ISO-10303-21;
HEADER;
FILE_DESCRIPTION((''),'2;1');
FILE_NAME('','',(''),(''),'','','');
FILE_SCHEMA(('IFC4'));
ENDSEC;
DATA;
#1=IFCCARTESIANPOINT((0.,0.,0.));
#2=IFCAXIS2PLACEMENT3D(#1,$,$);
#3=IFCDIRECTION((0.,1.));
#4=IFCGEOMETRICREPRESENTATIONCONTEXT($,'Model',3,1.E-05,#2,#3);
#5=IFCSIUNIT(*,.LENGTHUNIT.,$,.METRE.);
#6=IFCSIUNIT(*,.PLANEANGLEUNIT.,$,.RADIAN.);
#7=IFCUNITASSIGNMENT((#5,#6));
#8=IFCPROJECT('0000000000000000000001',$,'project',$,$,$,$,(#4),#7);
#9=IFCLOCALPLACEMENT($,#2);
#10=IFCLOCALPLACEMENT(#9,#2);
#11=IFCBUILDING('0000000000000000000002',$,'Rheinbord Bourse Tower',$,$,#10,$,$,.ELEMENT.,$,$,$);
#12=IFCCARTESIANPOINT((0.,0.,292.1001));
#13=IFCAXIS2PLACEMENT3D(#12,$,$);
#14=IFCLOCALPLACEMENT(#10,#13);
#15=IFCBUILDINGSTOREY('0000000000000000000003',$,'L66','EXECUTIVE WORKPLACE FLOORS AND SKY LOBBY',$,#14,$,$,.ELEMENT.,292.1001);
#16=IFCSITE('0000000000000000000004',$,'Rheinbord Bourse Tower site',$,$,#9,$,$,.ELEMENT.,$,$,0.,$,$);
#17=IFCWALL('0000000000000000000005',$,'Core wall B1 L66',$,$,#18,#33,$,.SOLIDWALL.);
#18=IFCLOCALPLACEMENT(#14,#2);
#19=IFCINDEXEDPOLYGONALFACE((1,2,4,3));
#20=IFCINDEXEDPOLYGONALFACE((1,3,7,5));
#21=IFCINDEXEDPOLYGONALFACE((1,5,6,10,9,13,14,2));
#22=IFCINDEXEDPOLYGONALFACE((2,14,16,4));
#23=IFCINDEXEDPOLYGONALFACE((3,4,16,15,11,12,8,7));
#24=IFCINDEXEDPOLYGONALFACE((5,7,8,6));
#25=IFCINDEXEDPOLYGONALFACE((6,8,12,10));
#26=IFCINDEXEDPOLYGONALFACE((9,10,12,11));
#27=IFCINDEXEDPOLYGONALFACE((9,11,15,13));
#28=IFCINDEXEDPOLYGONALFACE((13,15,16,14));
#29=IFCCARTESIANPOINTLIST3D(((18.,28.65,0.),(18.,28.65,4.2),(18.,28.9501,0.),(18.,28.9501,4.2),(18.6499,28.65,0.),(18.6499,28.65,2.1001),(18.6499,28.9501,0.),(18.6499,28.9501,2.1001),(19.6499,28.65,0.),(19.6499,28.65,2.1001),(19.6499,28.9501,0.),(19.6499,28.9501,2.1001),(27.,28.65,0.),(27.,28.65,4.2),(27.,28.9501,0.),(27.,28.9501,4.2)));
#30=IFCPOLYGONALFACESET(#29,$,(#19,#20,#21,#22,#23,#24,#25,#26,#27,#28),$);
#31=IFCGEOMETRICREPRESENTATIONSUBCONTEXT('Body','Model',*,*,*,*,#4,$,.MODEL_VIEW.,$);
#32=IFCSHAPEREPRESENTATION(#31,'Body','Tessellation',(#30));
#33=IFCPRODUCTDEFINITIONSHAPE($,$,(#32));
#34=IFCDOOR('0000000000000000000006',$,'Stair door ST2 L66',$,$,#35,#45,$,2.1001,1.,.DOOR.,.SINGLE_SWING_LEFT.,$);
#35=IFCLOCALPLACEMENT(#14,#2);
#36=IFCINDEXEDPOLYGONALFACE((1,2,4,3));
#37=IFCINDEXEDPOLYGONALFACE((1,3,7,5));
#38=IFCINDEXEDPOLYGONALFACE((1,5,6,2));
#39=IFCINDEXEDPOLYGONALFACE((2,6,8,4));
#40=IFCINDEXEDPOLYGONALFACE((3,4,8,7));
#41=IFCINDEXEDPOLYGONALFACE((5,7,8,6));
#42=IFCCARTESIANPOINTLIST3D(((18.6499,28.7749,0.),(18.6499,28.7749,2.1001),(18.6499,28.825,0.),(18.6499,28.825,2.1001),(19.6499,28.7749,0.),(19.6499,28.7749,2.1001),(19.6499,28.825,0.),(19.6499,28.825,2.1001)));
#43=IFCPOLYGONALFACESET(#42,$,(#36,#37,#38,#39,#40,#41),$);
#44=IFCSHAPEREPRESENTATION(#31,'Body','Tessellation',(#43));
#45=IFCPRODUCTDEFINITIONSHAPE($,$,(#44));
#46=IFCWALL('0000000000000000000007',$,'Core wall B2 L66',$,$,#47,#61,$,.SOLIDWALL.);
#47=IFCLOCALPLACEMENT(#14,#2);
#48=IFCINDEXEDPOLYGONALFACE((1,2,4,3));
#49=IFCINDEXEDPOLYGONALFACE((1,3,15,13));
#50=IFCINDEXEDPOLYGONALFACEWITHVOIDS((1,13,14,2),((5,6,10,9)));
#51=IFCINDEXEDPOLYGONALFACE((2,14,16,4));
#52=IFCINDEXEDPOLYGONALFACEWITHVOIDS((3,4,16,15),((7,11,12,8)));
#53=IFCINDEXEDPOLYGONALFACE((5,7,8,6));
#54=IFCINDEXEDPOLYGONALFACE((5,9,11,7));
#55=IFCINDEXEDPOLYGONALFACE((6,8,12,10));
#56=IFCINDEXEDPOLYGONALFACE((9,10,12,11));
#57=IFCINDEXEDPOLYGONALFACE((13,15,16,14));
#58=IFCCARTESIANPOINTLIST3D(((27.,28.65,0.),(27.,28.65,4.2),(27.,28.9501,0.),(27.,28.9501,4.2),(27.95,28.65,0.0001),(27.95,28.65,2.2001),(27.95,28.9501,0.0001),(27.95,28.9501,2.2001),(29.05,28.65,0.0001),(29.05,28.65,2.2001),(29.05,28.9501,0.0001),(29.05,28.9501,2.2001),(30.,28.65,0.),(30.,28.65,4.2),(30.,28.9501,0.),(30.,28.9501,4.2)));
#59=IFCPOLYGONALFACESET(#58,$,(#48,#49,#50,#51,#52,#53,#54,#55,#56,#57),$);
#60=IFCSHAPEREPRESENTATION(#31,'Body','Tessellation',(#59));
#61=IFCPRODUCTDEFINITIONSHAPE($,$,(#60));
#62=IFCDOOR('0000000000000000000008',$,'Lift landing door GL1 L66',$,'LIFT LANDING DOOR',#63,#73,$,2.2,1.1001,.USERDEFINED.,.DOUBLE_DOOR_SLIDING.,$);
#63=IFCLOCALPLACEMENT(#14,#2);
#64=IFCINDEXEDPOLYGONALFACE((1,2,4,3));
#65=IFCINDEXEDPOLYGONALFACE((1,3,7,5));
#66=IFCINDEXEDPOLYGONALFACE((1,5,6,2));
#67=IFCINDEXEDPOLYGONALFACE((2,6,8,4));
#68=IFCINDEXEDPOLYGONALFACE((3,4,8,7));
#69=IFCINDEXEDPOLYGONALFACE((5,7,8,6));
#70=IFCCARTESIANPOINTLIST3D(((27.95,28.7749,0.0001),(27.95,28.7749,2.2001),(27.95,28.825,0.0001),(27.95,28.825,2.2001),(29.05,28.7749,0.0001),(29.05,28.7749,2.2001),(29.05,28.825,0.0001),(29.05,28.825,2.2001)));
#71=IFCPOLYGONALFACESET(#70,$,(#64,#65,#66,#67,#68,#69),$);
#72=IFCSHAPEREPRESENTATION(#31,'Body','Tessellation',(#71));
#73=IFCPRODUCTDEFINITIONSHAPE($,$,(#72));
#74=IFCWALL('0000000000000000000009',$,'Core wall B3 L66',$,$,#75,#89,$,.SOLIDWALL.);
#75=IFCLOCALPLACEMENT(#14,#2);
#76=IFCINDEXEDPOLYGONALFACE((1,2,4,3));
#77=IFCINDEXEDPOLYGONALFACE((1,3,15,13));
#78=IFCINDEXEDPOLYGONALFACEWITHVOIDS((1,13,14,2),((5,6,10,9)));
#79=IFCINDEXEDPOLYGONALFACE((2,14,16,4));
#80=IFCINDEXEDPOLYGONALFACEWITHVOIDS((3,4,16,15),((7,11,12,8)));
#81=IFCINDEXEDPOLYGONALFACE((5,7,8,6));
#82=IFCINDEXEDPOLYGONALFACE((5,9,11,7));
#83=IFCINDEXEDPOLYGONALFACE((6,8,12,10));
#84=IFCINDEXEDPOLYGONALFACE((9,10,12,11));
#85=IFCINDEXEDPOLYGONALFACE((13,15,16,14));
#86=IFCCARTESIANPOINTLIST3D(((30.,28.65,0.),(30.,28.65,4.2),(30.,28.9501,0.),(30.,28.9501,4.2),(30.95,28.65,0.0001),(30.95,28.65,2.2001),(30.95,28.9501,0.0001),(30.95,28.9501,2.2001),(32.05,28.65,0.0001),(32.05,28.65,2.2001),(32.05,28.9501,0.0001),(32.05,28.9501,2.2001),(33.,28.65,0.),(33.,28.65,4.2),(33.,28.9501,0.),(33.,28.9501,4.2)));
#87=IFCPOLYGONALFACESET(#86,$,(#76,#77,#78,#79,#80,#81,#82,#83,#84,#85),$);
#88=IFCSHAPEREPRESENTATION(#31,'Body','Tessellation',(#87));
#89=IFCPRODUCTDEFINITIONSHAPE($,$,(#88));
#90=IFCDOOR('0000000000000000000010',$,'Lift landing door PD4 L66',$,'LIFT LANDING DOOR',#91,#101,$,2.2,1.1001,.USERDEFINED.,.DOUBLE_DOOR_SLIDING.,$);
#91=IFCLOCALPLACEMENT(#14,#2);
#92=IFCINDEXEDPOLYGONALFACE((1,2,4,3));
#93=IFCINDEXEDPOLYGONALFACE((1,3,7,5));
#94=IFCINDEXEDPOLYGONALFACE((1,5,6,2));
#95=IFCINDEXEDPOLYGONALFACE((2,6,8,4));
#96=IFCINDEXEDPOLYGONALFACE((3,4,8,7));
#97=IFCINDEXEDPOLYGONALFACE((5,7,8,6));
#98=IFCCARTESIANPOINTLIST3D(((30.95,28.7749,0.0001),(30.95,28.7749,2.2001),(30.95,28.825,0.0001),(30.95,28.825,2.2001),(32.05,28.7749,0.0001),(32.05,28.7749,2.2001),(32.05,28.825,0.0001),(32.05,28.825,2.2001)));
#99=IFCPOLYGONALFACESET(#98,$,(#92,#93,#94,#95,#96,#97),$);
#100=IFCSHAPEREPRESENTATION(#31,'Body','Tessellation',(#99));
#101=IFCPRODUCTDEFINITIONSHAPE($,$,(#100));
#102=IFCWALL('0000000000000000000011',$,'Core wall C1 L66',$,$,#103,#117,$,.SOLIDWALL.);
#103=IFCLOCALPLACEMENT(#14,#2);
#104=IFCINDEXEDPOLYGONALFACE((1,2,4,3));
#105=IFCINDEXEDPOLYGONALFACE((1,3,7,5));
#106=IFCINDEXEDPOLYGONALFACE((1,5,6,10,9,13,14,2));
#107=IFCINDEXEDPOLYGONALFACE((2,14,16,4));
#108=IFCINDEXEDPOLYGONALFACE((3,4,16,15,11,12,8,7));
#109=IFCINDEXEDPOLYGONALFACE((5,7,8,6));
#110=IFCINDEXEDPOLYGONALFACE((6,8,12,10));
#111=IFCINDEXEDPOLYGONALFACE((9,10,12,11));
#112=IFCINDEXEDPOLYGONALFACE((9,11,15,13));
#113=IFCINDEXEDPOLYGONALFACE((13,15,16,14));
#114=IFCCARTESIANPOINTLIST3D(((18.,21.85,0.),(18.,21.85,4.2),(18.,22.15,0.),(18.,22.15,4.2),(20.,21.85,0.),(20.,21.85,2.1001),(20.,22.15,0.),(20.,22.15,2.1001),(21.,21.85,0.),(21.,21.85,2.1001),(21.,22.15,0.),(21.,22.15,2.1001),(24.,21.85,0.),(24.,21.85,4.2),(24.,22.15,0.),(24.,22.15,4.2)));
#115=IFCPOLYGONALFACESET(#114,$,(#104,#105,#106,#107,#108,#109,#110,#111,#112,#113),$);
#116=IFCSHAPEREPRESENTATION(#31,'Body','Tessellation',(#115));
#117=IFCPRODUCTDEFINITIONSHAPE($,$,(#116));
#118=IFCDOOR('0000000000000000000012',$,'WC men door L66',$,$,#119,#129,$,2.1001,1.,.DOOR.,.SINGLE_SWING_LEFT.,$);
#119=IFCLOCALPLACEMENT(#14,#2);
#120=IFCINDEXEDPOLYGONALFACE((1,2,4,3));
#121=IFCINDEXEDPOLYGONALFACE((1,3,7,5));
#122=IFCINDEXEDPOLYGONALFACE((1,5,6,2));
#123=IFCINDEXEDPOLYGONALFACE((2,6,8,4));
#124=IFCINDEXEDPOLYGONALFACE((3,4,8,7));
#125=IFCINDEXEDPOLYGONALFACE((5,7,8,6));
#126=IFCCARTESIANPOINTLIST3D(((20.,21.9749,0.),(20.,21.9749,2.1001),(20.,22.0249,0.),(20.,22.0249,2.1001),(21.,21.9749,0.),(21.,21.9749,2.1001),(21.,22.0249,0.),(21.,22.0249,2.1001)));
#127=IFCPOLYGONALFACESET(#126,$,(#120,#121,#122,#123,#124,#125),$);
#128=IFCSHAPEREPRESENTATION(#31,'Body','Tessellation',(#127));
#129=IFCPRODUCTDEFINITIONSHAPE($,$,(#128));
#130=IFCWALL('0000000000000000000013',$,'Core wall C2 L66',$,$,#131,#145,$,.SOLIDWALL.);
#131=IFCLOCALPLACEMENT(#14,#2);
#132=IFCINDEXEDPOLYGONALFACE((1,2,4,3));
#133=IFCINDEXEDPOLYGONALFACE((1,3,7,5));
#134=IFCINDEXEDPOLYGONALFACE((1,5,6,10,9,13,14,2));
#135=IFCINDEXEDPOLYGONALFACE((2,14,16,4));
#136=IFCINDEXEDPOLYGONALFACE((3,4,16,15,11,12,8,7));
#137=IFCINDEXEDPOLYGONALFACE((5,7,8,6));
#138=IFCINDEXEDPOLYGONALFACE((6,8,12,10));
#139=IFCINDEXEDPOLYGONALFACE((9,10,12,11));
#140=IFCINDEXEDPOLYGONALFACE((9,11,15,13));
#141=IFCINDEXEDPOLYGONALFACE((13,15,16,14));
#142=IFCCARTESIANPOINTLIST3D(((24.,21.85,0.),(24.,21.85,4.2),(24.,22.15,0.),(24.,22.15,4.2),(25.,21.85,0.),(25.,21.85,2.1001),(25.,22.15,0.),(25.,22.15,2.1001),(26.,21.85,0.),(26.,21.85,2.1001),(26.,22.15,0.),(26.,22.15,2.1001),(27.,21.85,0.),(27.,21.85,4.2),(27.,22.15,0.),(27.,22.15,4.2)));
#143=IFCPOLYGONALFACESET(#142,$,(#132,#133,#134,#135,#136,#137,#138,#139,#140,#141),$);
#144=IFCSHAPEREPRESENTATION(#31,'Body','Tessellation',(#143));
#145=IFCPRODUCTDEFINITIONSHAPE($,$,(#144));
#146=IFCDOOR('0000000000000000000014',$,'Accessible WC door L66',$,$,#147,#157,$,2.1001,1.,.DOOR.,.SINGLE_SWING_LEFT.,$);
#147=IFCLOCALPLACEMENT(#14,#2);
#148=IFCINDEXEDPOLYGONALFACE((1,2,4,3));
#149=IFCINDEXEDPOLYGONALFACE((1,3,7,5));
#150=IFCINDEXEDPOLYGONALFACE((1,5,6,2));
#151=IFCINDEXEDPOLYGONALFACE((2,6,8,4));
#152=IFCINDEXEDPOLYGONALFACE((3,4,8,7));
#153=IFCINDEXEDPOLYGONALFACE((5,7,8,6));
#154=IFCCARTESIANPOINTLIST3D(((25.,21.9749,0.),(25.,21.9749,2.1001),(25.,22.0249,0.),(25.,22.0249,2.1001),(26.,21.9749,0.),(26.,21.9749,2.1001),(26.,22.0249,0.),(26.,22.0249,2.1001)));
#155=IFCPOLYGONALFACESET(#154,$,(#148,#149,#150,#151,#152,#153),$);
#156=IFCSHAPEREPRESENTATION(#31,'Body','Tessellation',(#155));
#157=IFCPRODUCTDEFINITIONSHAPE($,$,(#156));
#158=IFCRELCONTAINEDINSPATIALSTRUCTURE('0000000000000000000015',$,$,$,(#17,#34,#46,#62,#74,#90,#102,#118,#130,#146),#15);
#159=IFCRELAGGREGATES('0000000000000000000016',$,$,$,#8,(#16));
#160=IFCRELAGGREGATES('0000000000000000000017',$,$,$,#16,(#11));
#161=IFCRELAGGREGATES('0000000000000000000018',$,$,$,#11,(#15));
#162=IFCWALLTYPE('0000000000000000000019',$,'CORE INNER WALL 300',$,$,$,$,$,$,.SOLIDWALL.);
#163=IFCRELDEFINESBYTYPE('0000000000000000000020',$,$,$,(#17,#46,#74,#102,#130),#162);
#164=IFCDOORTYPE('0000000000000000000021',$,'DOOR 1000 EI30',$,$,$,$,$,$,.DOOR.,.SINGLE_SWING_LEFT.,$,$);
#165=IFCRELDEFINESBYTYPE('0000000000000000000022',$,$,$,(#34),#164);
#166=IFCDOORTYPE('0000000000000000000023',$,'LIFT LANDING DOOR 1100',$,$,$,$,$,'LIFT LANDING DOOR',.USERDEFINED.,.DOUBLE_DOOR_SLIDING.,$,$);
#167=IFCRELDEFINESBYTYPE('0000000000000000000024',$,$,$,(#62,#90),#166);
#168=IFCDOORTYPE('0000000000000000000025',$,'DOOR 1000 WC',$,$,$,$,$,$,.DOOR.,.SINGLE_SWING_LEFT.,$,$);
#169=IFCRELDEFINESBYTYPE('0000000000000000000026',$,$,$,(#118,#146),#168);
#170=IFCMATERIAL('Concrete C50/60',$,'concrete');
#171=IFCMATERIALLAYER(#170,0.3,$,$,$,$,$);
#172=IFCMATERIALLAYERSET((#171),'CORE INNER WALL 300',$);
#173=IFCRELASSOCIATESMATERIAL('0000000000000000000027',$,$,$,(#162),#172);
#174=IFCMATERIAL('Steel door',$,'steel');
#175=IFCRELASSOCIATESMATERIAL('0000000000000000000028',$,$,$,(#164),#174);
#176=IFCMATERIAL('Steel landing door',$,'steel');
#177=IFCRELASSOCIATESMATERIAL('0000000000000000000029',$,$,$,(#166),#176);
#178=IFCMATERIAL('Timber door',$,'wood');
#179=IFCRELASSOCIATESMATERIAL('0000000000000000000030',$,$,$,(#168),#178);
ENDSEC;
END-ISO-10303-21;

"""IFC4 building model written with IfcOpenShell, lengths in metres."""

from ifc_helpers import new_model, si_unit, direction, frame, frame_2d, origin, place, context, subcontext, project, spatial, rectangle, extrude, material, layer, layer_set, type_object, element, fill, save


model = new_model("IFC4")

# Units and contexts
model_context = context("Model", 3, precision=1e-05, world=origin(), true_north=direction((0.0, 1.0)))
body_context = subcontext(model_context, "Body", "Model", "MODEL_VIEW")
ifc_project = project(units=[si_unit("LENGTHUNIT", "METRE"), si_unit("PLANEANGLEUNIT", "RADIAN")], contexts=[model_context])

# Site, building, storey
site_placement = place(None, origin())
site = spatial("IfcSite", under=ifc_project, at=site_placement, Name="Rheinbord Bourse Tower site", CompositionType="ELEMENT", RefElevation=0.0)
building_placement = place(site_placement, origin())
building = spatial("IfcBuilding", under=site, at=building_placement, Name="Rheinbord Bourse Tower", CompositionType="ELEMENT")
storey_placement = place(building_placement, frame((0.0, 0.0, 292.1001)))
storey = spatial("IfcBuildingStorey", under=building, at=storey_placement, Name="L66", Description="EXECUTIVE WORKPLACE FLOORS AND SKY LOBBY", CompositionType="ELEMENT", Elevation=292.1001)

# Walls, openings, doors
ifc_material_1 = material(Name="Concrete C50/60", Category="concrete")
ifc_layer_1 = layer(ifc_material_1, 0.3)
ifc_layer_set_1 = layer_set([ifc_layer_1], Name="CORE INNER WALL 300")
wall_type_1 = type_object("IfcWallType", Name="CORE INNER WALL 300", PredefinedType="SOLIDWALL", material=ifc_layer_set_1)
wall_1_placement = place(storey_placement, frame((18.0, 28.8, 0.0), z_axis=(0.0, 0.0, 1.0), x_axis=(1.0, 0.0, 0.0)))
wall_1 = element("IfcWall", 1, at=wall_1_placement, inside=storey, type_object=wall_type_1, Name="Core wall B1 L66", PredefinedType="SOLIDWALL", context=body_context, shape_type="SweptSolid", body=[
    extrude(rectangle(XDim=9.0, YDim=0.3, at=frame_2d((4.5, 0.0))), origin(), (0.0, 0.0, 1.0), 4.2),
])
opening_1_placement = place(wall_1_placement, frame((0.6499, 0.0, 0.0)))
opening_1 = element("IfcOpeningElement", 2, at=opening_1_placement, cuts=wall_1, PredefinedType="OPENING", context=body_context, shape_type="SweptSolid", body=[
    extrude(rectangle(XDim=1.0, YDim=2.1001, at=frame_2d((0.5, 1.05))), frame((0.0, 0.1599, 0.0), z_axis=(0.0, -1.0, 0.0), x_axis=(1.0, 0.0, 0.0)), (0.0, 0.0, 1.0), 0.3201),
])
ifc_material_2 = material(Name="Steel door", Category="steel")
door_type_1 = type_object("IfcDoorType", Name="DOOR 1000 EI30", OperationType="SINGLE_SWING_LEFT", PredefinedType="DOOR", material=ifc_material_2)
door_1_placement = place(opening_1_placement, origin())
door_1 = element("IfcDoor", 3, at=door_1_placement, inside=storey, type_object=door_type_1, Name="Stair door ST2 L66", OperationType="SINGLE_SWING_LEFT", OverallHeight=2.1001, OverallWidth=1.0, PredefinedType="DOOR", context=body_context, shape_type="SweptSolid", body=[
    extrude(rectangle(XDim=1.0, YDim=2.1001, at=frame_2d((0.5, 1.05))), frame((0.0, 0.0249, 0.0), z_axis=(0.0, -1.0, 0.0), x_axis=(1.0, 0.0, 0.0)), (0.0, 0.0, 1.0), 0.05),
])
fill(opening_1, door_1)
wall_2_placement = place(storey_placement, frame((27.0, 28.8, 0.0), z_axis=(0.0, 0.0, 1.0), x_axis=(1.0, 0.0, 0.0)))
wall_2 = element("IfcWall", 4, at=wall_2_placement, inside=storey, type_object=wall_type_1, Name="Core wall B2 L66", PredefinedType="SOLIDWALL", context=body_context, shape_type="SweptSolid", body=[
    extrude(rectangle(XDim=3.0, YDim=0.3, at=frame_2d((1.5, 0.0))), origin(), (0.0, 0.0, 1.0), 4.2),
])
opening_2_placement = place(wall_2_placement, frame((0.95, 0.0, 0.0)))
opening_2 = element("IfcOpeningElement", 5, at=opening_2_placement, cuts=wall_2, PredefinedType="OPENING", context=body_context, shape_type="SweptSolid", body=[
    extrude(rectangle(XDim=1.1001, YDim=2.2, at=frame_2d((0.55, 1.1001))), frame((0.0, 0.1599, 0.0), z_axis=(0.0, -1.0, 0.0), x_axis=(1.0, 0.0, 0.0)), (0.0, 0.0, 1.0), 0.3201),
])
ifc_material_3 = material(Name="Steel landing door", Category="steel")
door_type_2 = type_object("IfcDoorType", Name="LIFT LANDING DOOR 1100", ElementType="LIFT LANDING DOOR", OperationType="DOUBLE_DOOR_SLIDING", PredefinedType="USERDEFINED", material=ifc_material_3)
door_2_placement = place(opening_2_placement, origin())
door_2 = element("IfcDoor", 6, at=door_2_placement, inside=storey, type_object=door_type_2, Name="Lift landing door GL1 L66", ObjectType="LIFT LANDING DOOR", OperationType="DOUBLE_DOOR_SLIDING", OverallHeight=2.2, OverallWidth=1.1001, PredefinedType="USERDEFINED", context=body_context, shape_type="SweptSolid", body=[
    extrude(rectangle(XDim=1.1001, YDim=2.2, at=frame_2d((0.55, 1.1001))), frame((0.0, 0.0249, 0.0), z_axis=(0.0, -1.0, 0.0), x_axis=(1.0, 0.0, 0.0)), (0.0, 0.0, 1.0), 0.05),
])
fill(opening_2, door_2)
wall_3_placement = place(storey_placement, frame((30.0, 28.8, 0.0), z_axis=(0.0, 0.0, 1.0), x_axis=(1.0, 0.0, 0.0)))
wall_3 = element("IfcWall", 7, at=wall_3_placement, inside=storey, type_object=wall_type_1, Name="Core wall B3 L66", PredefinedType="SOLIDWALL", context=body_context, shape_type="SweptSolid", body=[
    extrude(rectangle(XDim=3.0, YDim=0.3, at=frame_2d((1.5, 0.0))), origin(), (0.0, 0.0, 1.0), 4.2),
])
opening_3_placement = place(wall_3_placement, frame((0.95, 0.0, 0.0)))
opening_3 = element("IfcOpeningElement", 8, at=opening_3_placement, cuts=wall_3, PredefinedType="OPENING", context=body_context, shape_type="SweptSolid", body=[
    extrude(rectangle(XDim=1.1001, YDim=2.2, at=frame_2d((0.55, 1.1001))), frame((0.0, 0.1599, 0.0), z_axis=(0.0, -1.0, 0.0), x_axis=(1.0, 0.0, 0.0)), (0.0, 0.0, 1.0), 0.3201),
])
door_3_placement = place(opening_3_placement, origin())
door_3 = element("IfcDoor", 9, at=door_3_placement, inside=storey, type_object=door_type_2, Name="Lift landing door PD4 L66", ObjectType="LIFT LANDING DOOR", OperationType="DOUBLE_DOOR_SLIDING", OverallHeight=2.2, OverallWidth=1.1001, PredefinedType="USERDEFINED", context=body_context, shape_type="SweptSolid", body=[
    extrude(rectangle(XDim=1.1001, YDim=2.2, at=frame_2d((0.55, 1.1001))), frame((0.0, 0.0249, 0.0), z_axis=(0.0, -1.0, 0.0), x_axis=(1.0, 0.0, 0.0)), (0.0, 0.0, 1.0), 0.05),
])
fill(opening_3, door_3)
wall_4_placement = place(storey_placement, frame((18.0, 22.0, 0.0), z_axis=(0.0, 0.0, 1.0), x_axis=(1.0, 0.0, 0.0)))
wall_4 = element("IfcWall", 10, at=wall_4_placement, inside=storey, type_object=wall_type_1, Name="Core wall C1 L66", PredefinedType="SOLIDWALL", context=body_context, shape_type="SweptSolid", body=[
    extrude(rectangle(XDim=6.0, YDim=0.3, at=frame_2d((3.0, 0.0))), origin(), (0.0, 0.0, 1.0), 4.2),
])
opening_4_placement = place(wall_4_placement, frame((2.0, 0.0, 0.0)))
opening_4 = element("IfcOpeningElement", 11, at=opening_4_placement, cuts=wall_4, PredefinedType="OPENING", context=body_context, shape_type="SweptSolid", body=[
    extrude(rectangle(XDim=1.0, YDim=2.1001, at=frame_2d((0.5, 1.05))), frame((0.0, 0.1599, 0.0), z_axis=(0.0, -1.0, 0.0), x_axis=(1.0, 0.0, 0.0)), (0.0, 0.0, 1.0), 0.3201),
])
ifc_material_4 = material(Name="Timber door", Category="wood")
door_type_3 = type_object("IfcDoorType", Name="DOOR 1000 WC", OperationType="SINGLE_SWING_LEFT", PredefinedType="DOOR", material=ifc_material_4)
door_4_placement = place(opening_4_placement, origin())
door_4 = element("IfcDoor", 12, at=door_4_placement, inside=storey, type_object=door_type_3, Name="WC men door L66", OperationType="SINGLE_SWING_LEFT", OverallHeight=2.1001, OverallWidth=1.0, PredefinedType="DOOR", context=body_context, shape_type="SweptSolid", body=[
    extrude(rectangle(XDim=1.0, YDim=2.1001, at=frame_2d((0.5, 1.05))), frame((0.0, 0.0249, 0.0), z_axis=(0.0, -1.0, 0.0), x_axis=(1.0, 0.0, 0.0)), (0.0, 0.0, 1.0), 0.05),
])
fill(opening_4, door_4)
wall_5_placement = place(storey_placement, frame((24.0, 22.0, 0.0), z_axis=(0.0, 0.0, 1.0), x_axis=(1.0, 0.0, 0.0)))
wall_5 = element("IfcWall", 13, at=wall_5_placement, inside=storey, type_object=wall_type_1, Name="Core wall C2 L66", PredefinedType="SOLIDWALL", context=body_context, shape_type="SweptSolid", body=[
    extrude(rectangle(XDim=3.0, YDim=0.3, at=frame_2d((1.5, 0.0))), origin(), (0.0, 0.0, 1.0), 4.2),
])
opening_5_placement = place(wall_5_placement, frame((1.0, 0.0, 0.0)))
opening_5 = element("IfcOpeningElement", 14, at=opening_5_placement, cuts=wall_5, PredefinedType="OPENING", context=body_context, shape_type="SweptSolid", body=[
    extrude(rectangle(XDim=1.0, YDim=2.1001, at=frame_2d((0.5, 1.05))), frame((0.0, 0.1599, 0.0), z_axis=(0.0, -1.0, 0.0), x_axis=(1.0, 0.0, 0.0)), (0.0, 0.0, 1.0), 0.3201),
])
door_5_placement = place(opening_5_placement, origin())
door_5 = element("IfcDoor", 15, at=door_5_placement, inside=storey, type_object=door_type_3, Name="Accessible WC door L66", OperationType="SINGLE_SWING_LEFT", OverallHeight=2.1001, OverallWidth=1.0, PredefinedType="DOOR", context=body_context, shape_type="SweptSolid", body=[
    extrude(rectangle(XDim=1.0, YDim=2.1001, at=frame_2d((0.5, 1.05))), frame((0.0, 0.0249, 0.0), z_axis=(0.0, -1.0, 0.0), x_axis=(1.0, 0.0, 0.0)), (0.0, 0.0, 1.0), 0.05),
])
fill(opening_5, door_5)

save(model, "model.ifc")
